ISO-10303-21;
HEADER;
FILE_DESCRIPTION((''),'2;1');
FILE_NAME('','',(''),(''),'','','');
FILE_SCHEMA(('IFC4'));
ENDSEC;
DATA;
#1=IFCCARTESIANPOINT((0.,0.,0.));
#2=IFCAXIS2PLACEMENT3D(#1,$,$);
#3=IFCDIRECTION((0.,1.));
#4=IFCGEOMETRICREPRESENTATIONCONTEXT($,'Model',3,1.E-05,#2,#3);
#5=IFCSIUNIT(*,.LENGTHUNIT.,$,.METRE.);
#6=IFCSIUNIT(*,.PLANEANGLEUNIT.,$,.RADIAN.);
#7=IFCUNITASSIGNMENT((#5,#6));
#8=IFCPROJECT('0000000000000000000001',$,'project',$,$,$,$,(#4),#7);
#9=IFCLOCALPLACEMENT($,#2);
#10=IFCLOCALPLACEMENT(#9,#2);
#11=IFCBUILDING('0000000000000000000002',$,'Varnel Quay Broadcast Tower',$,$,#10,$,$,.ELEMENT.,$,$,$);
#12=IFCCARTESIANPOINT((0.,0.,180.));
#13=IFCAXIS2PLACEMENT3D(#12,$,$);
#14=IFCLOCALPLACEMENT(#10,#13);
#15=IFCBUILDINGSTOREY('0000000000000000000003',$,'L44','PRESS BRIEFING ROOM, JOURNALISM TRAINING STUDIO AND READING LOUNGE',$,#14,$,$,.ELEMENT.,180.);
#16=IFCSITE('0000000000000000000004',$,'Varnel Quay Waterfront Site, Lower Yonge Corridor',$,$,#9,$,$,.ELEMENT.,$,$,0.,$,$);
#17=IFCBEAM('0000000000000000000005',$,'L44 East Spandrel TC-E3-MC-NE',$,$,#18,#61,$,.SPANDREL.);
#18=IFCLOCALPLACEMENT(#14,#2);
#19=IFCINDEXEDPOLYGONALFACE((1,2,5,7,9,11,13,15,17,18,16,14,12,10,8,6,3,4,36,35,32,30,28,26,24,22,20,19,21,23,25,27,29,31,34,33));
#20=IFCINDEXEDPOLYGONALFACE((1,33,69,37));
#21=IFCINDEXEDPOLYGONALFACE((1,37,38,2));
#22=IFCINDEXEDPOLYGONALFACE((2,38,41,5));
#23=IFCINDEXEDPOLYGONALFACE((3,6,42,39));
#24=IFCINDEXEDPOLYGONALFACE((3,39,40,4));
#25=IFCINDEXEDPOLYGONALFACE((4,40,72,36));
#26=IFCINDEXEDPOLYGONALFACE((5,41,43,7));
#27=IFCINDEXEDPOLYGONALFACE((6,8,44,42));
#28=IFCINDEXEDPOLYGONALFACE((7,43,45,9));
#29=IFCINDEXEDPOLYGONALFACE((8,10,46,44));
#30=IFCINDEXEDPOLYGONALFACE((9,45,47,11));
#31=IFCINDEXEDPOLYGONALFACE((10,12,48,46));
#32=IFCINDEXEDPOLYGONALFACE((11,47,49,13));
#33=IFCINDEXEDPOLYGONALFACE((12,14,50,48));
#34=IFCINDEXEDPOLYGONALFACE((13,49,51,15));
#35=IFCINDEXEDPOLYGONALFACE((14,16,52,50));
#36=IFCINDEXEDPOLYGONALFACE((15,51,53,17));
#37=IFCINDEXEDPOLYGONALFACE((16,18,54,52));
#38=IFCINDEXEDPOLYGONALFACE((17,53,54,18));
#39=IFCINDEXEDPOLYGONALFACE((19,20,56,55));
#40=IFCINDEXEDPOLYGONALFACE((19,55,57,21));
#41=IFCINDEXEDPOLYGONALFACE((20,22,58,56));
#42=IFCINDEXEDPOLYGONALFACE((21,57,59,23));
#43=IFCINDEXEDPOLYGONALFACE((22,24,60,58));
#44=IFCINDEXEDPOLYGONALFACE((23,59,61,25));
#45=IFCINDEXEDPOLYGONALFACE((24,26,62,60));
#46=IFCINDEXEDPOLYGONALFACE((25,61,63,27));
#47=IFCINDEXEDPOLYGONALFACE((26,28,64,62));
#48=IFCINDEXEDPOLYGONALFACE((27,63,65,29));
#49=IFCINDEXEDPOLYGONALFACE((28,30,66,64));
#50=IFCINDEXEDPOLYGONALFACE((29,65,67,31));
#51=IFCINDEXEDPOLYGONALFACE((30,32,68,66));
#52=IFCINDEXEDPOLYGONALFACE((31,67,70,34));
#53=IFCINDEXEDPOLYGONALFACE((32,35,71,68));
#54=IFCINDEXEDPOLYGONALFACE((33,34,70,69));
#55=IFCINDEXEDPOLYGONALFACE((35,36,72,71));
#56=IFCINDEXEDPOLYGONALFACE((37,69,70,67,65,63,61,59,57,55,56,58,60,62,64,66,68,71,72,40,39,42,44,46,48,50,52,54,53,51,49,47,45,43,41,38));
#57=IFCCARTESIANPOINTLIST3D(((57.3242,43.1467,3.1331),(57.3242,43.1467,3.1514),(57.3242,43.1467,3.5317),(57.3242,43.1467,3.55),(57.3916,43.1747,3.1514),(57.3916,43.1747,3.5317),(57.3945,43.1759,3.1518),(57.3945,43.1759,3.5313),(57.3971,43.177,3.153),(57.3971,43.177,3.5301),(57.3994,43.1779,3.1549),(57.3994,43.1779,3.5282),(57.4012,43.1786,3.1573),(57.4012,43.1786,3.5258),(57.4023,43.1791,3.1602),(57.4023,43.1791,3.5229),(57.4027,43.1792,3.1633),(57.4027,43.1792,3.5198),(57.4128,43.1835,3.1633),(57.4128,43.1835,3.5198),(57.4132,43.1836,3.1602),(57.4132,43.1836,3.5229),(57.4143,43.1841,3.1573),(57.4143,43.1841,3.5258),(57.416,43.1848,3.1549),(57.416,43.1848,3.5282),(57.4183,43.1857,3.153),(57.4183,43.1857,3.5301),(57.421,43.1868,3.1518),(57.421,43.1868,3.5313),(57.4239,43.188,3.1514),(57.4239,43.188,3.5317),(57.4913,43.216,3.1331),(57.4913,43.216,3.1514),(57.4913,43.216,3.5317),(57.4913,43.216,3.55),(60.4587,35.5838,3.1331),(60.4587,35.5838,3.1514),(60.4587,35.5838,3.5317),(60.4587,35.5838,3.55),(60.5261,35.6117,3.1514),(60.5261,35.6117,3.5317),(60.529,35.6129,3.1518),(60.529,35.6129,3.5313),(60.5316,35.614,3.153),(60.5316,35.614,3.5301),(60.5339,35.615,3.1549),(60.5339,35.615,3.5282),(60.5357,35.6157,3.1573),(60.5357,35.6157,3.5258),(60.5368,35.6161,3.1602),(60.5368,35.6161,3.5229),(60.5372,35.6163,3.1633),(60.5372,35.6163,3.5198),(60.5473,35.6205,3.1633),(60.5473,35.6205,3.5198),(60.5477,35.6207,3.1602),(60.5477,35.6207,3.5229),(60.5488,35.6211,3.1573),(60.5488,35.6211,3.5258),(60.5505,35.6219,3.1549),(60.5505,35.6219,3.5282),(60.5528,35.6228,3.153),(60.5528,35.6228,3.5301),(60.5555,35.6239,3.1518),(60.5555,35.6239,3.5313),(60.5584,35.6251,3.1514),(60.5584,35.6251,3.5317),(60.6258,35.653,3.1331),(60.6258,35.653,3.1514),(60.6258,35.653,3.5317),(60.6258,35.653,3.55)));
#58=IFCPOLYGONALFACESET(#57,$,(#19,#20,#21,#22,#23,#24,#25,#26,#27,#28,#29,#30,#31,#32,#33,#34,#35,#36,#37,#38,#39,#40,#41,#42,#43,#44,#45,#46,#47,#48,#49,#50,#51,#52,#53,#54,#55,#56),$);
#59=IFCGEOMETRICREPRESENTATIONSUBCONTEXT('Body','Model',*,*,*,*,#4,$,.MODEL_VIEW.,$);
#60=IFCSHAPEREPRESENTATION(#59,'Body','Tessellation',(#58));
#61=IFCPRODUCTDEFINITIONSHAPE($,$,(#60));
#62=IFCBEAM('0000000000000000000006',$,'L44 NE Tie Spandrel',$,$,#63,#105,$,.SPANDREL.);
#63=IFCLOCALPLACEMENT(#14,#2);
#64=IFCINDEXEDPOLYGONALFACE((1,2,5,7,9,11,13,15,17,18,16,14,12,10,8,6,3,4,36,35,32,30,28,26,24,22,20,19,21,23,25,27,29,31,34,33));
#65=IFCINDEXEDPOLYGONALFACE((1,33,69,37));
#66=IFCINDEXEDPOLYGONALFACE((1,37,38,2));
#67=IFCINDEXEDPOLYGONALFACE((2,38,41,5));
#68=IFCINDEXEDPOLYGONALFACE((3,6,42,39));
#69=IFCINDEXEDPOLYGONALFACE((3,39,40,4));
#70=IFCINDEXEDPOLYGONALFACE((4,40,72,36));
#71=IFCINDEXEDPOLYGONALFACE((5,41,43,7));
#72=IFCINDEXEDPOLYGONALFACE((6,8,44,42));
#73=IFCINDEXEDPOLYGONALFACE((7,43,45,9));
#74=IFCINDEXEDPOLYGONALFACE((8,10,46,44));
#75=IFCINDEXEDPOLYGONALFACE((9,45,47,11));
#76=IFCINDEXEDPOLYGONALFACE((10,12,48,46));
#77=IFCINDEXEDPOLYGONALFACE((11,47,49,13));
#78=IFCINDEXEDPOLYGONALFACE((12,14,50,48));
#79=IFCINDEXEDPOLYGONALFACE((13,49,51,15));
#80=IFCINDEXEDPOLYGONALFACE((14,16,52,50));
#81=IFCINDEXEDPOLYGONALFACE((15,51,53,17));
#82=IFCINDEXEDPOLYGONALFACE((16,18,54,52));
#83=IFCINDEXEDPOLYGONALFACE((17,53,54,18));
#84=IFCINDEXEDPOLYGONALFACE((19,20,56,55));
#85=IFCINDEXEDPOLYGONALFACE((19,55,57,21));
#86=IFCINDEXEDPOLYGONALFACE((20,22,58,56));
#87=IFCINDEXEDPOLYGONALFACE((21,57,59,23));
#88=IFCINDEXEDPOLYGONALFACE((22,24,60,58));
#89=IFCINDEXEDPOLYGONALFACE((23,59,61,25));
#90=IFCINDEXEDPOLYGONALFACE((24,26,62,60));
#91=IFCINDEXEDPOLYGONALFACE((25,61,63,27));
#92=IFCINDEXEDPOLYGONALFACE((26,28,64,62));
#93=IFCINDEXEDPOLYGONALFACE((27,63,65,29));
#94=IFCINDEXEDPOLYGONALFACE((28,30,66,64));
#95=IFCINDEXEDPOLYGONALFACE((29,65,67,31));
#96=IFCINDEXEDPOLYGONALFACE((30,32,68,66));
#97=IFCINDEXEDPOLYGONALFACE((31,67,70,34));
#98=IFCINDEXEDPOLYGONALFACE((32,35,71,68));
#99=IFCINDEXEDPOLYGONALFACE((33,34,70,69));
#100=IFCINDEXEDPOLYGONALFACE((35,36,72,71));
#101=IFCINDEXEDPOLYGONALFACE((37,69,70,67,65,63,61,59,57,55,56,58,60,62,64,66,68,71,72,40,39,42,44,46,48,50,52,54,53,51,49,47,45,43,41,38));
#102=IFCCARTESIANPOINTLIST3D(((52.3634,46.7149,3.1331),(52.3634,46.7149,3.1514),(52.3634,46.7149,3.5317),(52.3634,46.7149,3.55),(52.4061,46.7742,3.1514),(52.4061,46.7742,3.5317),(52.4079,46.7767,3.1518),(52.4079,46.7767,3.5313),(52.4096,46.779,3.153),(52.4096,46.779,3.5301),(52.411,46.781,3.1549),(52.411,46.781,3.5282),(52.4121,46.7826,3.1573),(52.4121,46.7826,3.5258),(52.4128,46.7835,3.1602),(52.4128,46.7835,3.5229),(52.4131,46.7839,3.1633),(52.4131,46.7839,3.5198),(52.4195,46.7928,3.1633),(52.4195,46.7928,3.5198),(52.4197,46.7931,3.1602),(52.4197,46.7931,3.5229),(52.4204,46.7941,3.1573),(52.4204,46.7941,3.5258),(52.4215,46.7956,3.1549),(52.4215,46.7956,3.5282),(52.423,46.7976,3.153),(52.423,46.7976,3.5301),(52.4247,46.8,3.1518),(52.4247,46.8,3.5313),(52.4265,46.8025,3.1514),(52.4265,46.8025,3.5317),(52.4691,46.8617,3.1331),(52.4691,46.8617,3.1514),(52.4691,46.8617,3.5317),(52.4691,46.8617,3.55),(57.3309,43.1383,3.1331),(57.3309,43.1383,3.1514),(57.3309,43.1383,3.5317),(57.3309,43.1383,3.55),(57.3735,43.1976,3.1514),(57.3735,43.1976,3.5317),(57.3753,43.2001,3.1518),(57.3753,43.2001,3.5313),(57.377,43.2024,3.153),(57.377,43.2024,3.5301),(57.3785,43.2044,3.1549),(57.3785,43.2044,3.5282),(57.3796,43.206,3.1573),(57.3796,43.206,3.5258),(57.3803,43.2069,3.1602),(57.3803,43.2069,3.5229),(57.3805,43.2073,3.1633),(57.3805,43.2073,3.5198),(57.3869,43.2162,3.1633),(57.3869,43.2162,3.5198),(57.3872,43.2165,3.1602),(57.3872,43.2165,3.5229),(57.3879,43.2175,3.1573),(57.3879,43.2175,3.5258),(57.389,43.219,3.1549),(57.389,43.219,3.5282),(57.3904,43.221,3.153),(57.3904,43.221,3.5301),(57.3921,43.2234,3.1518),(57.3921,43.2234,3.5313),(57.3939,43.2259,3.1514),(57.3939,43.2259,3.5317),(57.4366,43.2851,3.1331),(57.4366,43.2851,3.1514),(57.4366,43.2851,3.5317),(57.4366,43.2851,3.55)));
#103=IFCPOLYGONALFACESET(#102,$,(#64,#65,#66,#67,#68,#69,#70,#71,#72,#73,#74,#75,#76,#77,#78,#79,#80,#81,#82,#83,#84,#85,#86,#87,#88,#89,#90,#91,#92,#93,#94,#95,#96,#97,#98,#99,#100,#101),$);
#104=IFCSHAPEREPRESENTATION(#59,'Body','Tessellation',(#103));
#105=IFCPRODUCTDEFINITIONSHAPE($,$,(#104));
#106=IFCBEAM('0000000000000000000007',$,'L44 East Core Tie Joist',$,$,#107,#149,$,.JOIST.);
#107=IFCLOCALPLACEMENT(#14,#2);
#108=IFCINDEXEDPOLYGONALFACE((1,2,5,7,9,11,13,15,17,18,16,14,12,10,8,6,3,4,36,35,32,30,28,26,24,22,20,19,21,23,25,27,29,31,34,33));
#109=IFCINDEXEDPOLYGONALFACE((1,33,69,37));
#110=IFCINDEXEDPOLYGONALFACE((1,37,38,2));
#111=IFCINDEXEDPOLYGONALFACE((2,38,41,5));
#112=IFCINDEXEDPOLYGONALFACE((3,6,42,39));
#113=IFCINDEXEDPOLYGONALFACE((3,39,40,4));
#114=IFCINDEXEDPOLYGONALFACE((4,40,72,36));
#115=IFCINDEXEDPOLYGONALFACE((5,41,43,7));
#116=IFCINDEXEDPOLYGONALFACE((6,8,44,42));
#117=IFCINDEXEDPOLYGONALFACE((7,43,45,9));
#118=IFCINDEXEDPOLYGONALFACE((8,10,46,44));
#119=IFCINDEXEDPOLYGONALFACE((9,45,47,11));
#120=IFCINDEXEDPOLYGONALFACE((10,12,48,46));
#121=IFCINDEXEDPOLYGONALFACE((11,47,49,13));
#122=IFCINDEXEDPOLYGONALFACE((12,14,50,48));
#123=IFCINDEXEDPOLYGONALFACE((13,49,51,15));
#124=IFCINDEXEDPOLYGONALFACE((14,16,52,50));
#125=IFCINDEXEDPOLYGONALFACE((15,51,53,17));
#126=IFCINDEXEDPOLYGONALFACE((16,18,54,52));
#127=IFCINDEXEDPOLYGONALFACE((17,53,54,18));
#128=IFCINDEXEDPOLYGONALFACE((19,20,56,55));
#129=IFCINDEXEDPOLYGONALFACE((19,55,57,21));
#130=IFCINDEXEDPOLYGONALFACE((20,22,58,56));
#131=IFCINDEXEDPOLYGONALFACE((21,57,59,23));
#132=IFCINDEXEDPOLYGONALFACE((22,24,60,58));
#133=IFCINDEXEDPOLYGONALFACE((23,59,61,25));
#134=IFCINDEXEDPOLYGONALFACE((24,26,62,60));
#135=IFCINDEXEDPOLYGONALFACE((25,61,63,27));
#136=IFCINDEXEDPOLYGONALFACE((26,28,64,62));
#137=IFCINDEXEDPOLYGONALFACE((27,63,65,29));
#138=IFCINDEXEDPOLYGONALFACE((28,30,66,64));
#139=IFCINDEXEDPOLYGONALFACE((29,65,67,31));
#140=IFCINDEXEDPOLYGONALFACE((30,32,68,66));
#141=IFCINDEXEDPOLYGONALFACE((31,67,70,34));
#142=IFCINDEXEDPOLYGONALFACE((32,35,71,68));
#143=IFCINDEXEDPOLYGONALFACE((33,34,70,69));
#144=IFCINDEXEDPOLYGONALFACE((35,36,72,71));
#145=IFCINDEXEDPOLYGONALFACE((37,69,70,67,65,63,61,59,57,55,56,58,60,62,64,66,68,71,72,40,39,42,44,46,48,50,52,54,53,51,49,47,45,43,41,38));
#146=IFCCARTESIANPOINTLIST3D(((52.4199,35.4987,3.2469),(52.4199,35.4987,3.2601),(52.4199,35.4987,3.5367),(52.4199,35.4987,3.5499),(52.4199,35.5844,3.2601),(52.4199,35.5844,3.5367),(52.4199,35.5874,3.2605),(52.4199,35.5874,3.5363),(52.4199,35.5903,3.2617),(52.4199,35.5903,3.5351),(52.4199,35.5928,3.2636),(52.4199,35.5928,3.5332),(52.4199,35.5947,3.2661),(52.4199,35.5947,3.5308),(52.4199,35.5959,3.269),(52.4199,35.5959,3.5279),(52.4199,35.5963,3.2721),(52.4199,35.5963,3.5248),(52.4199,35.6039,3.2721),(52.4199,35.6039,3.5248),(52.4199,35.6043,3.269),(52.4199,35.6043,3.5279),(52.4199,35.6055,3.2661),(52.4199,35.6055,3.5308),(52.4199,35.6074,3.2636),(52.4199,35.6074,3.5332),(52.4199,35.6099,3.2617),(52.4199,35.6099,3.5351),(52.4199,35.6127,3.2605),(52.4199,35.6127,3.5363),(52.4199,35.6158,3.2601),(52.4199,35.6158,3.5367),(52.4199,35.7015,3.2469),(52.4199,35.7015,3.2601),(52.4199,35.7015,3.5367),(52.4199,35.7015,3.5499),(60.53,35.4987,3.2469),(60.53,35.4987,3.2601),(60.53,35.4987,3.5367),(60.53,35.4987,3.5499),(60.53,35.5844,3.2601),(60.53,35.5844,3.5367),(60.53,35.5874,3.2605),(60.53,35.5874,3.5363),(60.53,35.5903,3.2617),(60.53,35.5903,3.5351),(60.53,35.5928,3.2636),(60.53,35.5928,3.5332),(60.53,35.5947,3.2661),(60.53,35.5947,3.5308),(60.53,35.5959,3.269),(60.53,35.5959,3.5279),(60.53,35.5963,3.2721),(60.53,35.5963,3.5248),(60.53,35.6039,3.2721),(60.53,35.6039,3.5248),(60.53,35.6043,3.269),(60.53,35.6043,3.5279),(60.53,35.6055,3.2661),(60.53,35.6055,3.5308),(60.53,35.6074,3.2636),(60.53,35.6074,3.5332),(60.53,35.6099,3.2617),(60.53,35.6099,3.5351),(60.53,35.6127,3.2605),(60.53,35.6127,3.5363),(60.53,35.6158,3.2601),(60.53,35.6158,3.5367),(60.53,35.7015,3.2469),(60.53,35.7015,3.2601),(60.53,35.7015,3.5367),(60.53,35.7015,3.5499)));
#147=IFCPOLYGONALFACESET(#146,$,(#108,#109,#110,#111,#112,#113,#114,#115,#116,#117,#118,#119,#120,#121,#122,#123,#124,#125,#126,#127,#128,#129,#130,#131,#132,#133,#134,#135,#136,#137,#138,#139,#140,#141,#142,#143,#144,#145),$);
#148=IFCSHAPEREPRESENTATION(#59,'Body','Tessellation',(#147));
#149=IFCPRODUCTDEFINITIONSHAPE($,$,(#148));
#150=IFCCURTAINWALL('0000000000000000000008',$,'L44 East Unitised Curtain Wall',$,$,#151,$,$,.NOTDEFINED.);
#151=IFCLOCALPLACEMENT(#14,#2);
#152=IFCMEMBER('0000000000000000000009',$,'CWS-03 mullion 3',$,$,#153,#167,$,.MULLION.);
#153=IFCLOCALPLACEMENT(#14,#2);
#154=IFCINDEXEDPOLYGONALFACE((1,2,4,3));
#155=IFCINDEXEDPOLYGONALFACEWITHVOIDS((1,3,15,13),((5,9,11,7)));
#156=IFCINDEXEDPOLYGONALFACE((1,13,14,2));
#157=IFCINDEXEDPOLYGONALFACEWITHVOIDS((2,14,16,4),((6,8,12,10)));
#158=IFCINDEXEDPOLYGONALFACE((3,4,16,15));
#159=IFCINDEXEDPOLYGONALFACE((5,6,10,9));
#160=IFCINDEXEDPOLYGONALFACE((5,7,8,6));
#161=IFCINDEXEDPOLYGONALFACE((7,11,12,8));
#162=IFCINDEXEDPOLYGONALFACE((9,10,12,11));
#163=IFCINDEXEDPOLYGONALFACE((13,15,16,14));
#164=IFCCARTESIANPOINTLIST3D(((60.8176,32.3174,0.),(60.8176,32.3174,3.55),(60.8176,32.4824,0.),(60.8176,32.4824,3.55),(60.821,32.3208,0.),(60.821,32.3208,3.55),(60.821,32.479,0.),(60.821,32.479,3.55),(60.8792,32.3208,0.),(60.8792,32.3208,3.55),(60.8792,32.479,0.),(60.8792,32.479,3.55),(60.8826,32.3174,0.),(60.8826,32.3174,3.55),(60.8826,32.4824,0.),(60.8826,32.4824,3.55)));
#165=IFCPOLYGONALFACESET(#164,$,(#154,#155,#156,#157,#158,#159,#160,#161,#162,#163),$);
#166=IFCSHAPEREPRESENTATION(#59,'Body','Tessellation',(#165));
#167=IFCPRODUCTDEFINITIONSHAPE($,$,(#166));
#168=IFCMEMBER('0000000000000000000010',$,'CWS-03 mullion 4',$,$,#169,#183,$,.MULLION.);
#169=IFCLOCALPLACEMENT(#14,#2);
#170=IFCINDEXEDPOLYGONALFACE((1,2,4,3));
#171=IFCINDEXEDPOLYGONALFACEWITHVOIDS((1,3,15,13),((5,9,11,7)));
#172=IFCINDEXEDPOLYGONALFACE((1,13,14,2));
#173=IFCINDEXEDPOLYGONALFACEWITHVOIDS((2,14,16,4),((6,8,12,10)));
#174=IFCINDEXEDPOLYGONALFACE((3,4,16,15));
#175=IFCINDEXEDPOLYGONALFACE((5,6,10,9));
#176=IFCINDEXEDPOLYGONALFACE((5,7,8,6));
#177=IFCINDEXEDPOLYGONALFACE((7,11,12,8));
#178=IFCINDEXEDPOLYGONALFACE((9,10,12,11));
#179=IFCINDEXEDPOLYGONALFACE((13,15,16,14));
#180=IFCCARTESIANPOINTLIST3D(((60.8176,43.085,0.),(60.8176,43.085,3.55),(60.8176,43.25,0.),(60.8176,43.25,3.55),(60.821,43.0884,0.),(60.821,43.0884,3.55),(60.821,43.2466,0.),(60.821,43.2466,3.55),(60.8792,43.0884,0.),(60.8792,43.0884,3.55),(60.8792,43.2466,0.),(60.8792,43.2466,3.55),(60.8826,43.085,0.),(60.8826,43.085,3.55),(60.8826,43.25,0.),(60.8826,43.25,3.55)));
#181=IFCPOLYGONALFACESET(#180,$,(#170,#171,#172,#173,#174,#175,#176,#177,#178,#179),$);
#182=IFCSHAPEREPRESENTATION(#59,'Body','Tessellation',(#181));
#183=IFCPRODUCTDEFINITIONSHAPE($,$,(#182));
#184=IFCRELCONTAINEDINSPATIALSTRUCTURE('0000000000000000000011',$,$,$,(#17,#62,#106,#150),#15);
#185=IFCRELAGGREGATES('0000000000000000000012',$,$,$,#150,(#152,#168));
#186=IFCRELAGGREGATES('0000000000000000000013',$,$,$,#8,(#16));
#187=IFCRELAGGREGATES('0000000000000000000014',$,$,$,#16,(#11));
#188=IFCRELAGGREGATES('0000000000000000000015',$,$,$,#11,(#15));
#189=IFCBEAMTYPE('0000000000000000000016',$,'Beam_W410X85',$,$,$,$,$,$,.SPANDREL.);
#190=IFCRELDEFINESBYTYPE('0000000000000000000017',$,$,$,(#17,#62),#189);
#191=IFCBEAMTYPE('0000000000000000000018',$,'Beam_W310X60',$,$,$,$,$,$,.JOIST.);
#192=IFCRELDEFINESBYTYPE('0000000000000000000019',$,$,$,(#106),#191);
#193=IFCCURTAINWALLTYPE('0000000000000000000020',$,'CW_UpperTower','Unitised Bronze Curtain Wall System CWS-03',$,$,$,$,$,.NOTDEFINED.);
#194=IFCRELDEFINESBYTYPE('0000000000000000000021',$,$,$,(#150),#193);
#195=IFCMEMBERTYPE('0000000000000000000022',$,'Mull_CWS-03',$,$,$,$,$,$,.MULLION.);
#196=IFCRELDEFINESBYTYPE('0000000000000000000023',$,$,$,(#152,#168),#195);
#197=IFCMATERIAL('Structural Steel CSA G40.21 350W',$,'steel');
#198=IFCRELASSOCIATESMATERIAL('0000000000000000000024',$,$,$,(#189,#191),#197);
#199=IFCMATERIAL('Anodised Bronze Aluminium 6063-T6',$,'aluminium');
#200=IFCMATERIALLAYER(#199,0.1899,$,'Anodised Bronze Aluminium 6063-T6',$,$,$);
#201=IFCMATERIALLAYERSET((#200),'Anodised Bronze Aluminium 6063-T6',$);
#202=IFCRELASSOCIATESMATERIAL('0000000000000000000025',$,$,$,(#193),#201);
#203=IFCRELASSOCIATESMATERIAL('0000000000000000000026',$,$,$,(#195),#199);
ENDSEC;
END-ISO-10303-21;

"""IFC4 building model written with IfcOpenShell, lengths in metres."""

from ifc_helpers import new_model, si_unit, direction, frame, origin, origin_2d, place, context, subcontext, project, spatial, hollow_rectangle, i_section, extrude, source, transform, mapped, material, layer, layer_set, material_profile, profile_set, type_object, type_shapes, element, aggregate, save


model = new_model("IFC4")

# Units and contexts
model_context = context("Model", 3, precision=1e-05, world=origin(), true_north=direction((0.0, 1.0)))
body_context = subcontext(model_context, "Body", "Model", "MODEL_VIEW")
ifc_project = project(units=[si_unit("LENGTHUNIT", "METRE"), si_unit("PLANEANGLEUNIT", "RADIAN")], contexts=[model_context])

# Site, building, storey
site_placement = place(None, origin())
site = spatial("IfcSite", under=ifc_project, at=site_placement, Name="Varnel Quay Waterfront Site, Lower Yonge Corridor", CompositionType="ELEMENT", RefElevation=0.0)
building_placement = place(site_placement, origin())
building = spatial("IfcBuilding", under=site, at=building_placement, Name="Varnel Quay Broadcast Tower", CompositionType="ELEMENT")
storey_placement = place(building_placement, frame((0.0, 0.0, 180.0)))
storey = spatial("IfcBuildingStorey", under=building, at=storey_placement, Name="L44", Description="PRESS BRIEFING ROOM, JOURNALISM TRAINING STUDIO AND READING LOUNGE", CompositionType="ELEMENT", Elevation=180.0)

# Shared definitions
ifc_material_1 = material(Name="Structural Steel CSA G40.21 350W", Category="steel")

# Beams
ifc_material_profile_1 = material_profile(ifc_material_1, i_section(OverallWidth=0.1809, OverallDepth=0.417, WebThickness=0.011, FlangeThickness=0.0183, FilletRadius=0.012, at=origin_2d()), Name="W410X85")
ifc_profile_set_1 = profile_set([ifc_material_profile_1], Name="Structural Steel CSA G40.21 350W")
beam_type_1 = type_object("IfcBeamType", Name="Beam_W410X85", PredefinedType="SPANDREL", material=ifc_profile_set_1)
shared_shape_1 = source(origin(), body_context, "Body", "SweptSolid", [
    extrude(i_section(OverallWidth=0.1809, OverallDepth=0.417, WebThickness=0.011, FlangeThickness=0.0183, FilletRadius=0.012, at=origin_2d()), origin(), (0.0, 0.0, 1.0), 8.1868),
])
beam_1_placement = place(storey_placement, frame((60.5422, 35.6184, 3.3416), z_axis=(-0.382874, 0.923801, 0.0), x_axis=(-0.923801, -0.382874, 0.0)))
element("IfcBeam", 1, at=beam_1_placement, inside=storey, type_object=beam_type_1, Name="L44 East Spandrel TC-E3-MC-NE", PredefinedType="SPANDREL", context=body_context, shape_type="MappedRepresentation", body=[
    mapped(shared_shape_1, transform((0.0, 0.0, 0.0), x_axis=(1.0, 0.0, 0.0), y_axis=(0.0, 1.0, 0.0), z_axis=(0.0, 0.0, 1.0), scale=1.0)),
])
shared_shape_2 = source(origin(), body_context, "Body", "SweptSolid", [
    extrude(i_section(OverallWidth=0.1809, OverallDepth=0.417, WebThickness=0.011, FlangeThickness=0.0183, FilletRadius=0.012, at=origin_2d()), origin(), (0.0, 0.0, 1.0), 6.1211),
])
type_shapes(beam_type_1, [shared_shape_1, shared_shape_2])
beam_2_placement = place(storey_placement, frame((52.4163, 46.7883, 3.3416), z_axis=(0.811531, -0.584309, 0.0), x_axis=(0.584309, 0.811531, 0.0)))
element("IfcBeam", 2, at=beam_2_placement, inside=storey, type_object=beam_type_1, Name="L44 NE Tie Spandrel", PredefinedType="SPANDREL", context=body_context, shape_type="MappedRepresentation", body=[
    mapped(shared_shape_2, transform((0.0, 0.0, 0.0), x_axis=(1.0, 0.0, 0.0), y_axis=(0.0, 1.0, 0.0), z_axis=(0.0, 0.0, 1.0), scale=1.0)),
])
ifc_material_profile_2 = material_profile(ifc_material_1, i_section(OverallWidth=0.2029, OverallDepth=0.303, WebThickness=0.0076, FlangeThickness=0.0132, FilletRadius=0.012, at=origin_2d()), Name="W310X60")
ifc_profile_set_2 = profile_set([ifc_material_profile_2], Name="Structural Steel CSA G40.21 350W")
beam_type_2 = type_object("IfcBeamType", Name="Beam_W310X60", PredefinedType="JOIST", material=ifc_profile_set_2)
shared_shape_3 = source(origin(), body_context, "Body", "SweptSolid", [
    extrude(i_section(OverallWidth=0.2029, OverallDepth=0.303, WebThickness=0.0076, FlangeThickness=0.0132, FilletRadius=0.012, at=origin_2d()), origin(), (0.0, 0.0, 1.0), 8.1101),
])
type_shapes(beam_type_2, [shared_shape_3])
beam_3_placement = place(storey_placement, frame((52.4199, 35.6001, 3.3984), z_axis=(1.0, 0.0, 0.0), x_axis=(0.0, 1.0, 0.0)))
element("IfcBeam", 3, at=beam_3_placement, inside=storey, type_object=beam_type_2, Name="L44 East Core Tie Joist", PredefinedType="JOIST", context=body_context, shape_type="MappedRepresentation", body=[
    mapped(shared_shape_3, transform((0.0, 0.0, 0.0), x_axis=(1.0, 0.0, 0.0), y_axis=(0.0, 1.0, 0.0), z_axis=(0.0, 0.0, 1.0), scale=1.0)),
])

# Curtain wall, members
ifc_material_2 = material(Name="Anodised Bronze Aluminium 6063-T6", Category="aluminium")
ifc_layer_1 = layer(ifc_material_2, 0.1899, Name="Anodised Bronze Aluminium 6063-T6")
ifc_layer_set_1 = layer_set([ifc_layer_1], Name="Anodised Bronze Aluminium 6063-T6")
curtain_wall_type = type_object("IfcCurtainWallType", Name="CW_UpperTower", Description="Unitised Bronze Curtain Wall System CWS-03", PredefinedType="NOTDEFINED", material=ifc_layer_set_1)
curtain_wall_1_placement = place(storey_placement, origin())
curtain_wall_1 = element("IfcCurtainWall", 4, at=curtain_wall_1_placement, inside=storey, type_object=curtain_wall_type, Name="L44 East Unitised Curtain Wall", PredefinedType="NOTDEFINED")
ifc_material_profile_3 = material_profile(ifc_material_2, hollow_rectangle(XDim=0.0649, YDim=0.165, WallThickness=0.0034, at=origin_2d()), Name="ALU65X165X3.5")
ifc_profile_set_3 = profile_set([ifc_material_profile_3], Name="Anodised Bronze Aluminium 6063-T6")
member_type_1 = type_object("IfcMemberType", Name="Mull_CWS-03", PredefinedType="MULLION", material=ifc_profile_set_3)
shared_shape_4 = source(origin(), body_context, "Body", "SweptSolid", [
    extrude(hollow_rectangle(XDim=0.0649, YDim=0.165, WallThickness=0.0034, at=origin_2d()), origin(), (0.0, 0.0, 1.0), 3.55),
])
type_shapes(member_type_1, [shared_shape_4])
member_1_placement = place(storey_placement, frame((60.8501, 32.3999, 0.0), z_axis=(0.0, 0.0, 1.0), x_axis=(-1.0, 0.0, 0.0)))
member_1 = element("IfcMember", 5, at=member_1_placement, type_object=member_type_1, Name="CWS-03 mullion 3", PredefinedType="MULLION", context=body_context, shape_type="MappedRepresentation", body=[
    mapped(shared_shape_4, transform((0.0, 0.0, 0.0), x_axis=(1.0, 0.0, 0.0), y_axis=(0.0, 1.0, 0.0), z_axis=(0.0, 0.0, 1.0), scale=1.0)),
])
member_2_placement = place(storey_placement, frame((60.8501, 43.1675, 0.0), z_axis=(0.0, 0.0, 1.0), x_axis=(-1.0, 0.0, 0.0)))
member_2 = element("IfcMember", 6, at=member_2_placement, type_object=member_type_1, Name="CWS-03 mullion 4", PredefinedType="MULLION", context=body_context, shape_type="MappedRepresentation", body=[
    mapped(shared_shape_4, transform((0.0, 0.0, 0.0), x_axis=(1.0, 0.0, 0.0), y_axis=(0.0, 1.0, 0.0), z_axis=(0.0, 0.0, 1.0), scale=1.0)),
])

aggregate(curtain_wall_1, [member_1, member_2])

save(model, "model.ifc")
